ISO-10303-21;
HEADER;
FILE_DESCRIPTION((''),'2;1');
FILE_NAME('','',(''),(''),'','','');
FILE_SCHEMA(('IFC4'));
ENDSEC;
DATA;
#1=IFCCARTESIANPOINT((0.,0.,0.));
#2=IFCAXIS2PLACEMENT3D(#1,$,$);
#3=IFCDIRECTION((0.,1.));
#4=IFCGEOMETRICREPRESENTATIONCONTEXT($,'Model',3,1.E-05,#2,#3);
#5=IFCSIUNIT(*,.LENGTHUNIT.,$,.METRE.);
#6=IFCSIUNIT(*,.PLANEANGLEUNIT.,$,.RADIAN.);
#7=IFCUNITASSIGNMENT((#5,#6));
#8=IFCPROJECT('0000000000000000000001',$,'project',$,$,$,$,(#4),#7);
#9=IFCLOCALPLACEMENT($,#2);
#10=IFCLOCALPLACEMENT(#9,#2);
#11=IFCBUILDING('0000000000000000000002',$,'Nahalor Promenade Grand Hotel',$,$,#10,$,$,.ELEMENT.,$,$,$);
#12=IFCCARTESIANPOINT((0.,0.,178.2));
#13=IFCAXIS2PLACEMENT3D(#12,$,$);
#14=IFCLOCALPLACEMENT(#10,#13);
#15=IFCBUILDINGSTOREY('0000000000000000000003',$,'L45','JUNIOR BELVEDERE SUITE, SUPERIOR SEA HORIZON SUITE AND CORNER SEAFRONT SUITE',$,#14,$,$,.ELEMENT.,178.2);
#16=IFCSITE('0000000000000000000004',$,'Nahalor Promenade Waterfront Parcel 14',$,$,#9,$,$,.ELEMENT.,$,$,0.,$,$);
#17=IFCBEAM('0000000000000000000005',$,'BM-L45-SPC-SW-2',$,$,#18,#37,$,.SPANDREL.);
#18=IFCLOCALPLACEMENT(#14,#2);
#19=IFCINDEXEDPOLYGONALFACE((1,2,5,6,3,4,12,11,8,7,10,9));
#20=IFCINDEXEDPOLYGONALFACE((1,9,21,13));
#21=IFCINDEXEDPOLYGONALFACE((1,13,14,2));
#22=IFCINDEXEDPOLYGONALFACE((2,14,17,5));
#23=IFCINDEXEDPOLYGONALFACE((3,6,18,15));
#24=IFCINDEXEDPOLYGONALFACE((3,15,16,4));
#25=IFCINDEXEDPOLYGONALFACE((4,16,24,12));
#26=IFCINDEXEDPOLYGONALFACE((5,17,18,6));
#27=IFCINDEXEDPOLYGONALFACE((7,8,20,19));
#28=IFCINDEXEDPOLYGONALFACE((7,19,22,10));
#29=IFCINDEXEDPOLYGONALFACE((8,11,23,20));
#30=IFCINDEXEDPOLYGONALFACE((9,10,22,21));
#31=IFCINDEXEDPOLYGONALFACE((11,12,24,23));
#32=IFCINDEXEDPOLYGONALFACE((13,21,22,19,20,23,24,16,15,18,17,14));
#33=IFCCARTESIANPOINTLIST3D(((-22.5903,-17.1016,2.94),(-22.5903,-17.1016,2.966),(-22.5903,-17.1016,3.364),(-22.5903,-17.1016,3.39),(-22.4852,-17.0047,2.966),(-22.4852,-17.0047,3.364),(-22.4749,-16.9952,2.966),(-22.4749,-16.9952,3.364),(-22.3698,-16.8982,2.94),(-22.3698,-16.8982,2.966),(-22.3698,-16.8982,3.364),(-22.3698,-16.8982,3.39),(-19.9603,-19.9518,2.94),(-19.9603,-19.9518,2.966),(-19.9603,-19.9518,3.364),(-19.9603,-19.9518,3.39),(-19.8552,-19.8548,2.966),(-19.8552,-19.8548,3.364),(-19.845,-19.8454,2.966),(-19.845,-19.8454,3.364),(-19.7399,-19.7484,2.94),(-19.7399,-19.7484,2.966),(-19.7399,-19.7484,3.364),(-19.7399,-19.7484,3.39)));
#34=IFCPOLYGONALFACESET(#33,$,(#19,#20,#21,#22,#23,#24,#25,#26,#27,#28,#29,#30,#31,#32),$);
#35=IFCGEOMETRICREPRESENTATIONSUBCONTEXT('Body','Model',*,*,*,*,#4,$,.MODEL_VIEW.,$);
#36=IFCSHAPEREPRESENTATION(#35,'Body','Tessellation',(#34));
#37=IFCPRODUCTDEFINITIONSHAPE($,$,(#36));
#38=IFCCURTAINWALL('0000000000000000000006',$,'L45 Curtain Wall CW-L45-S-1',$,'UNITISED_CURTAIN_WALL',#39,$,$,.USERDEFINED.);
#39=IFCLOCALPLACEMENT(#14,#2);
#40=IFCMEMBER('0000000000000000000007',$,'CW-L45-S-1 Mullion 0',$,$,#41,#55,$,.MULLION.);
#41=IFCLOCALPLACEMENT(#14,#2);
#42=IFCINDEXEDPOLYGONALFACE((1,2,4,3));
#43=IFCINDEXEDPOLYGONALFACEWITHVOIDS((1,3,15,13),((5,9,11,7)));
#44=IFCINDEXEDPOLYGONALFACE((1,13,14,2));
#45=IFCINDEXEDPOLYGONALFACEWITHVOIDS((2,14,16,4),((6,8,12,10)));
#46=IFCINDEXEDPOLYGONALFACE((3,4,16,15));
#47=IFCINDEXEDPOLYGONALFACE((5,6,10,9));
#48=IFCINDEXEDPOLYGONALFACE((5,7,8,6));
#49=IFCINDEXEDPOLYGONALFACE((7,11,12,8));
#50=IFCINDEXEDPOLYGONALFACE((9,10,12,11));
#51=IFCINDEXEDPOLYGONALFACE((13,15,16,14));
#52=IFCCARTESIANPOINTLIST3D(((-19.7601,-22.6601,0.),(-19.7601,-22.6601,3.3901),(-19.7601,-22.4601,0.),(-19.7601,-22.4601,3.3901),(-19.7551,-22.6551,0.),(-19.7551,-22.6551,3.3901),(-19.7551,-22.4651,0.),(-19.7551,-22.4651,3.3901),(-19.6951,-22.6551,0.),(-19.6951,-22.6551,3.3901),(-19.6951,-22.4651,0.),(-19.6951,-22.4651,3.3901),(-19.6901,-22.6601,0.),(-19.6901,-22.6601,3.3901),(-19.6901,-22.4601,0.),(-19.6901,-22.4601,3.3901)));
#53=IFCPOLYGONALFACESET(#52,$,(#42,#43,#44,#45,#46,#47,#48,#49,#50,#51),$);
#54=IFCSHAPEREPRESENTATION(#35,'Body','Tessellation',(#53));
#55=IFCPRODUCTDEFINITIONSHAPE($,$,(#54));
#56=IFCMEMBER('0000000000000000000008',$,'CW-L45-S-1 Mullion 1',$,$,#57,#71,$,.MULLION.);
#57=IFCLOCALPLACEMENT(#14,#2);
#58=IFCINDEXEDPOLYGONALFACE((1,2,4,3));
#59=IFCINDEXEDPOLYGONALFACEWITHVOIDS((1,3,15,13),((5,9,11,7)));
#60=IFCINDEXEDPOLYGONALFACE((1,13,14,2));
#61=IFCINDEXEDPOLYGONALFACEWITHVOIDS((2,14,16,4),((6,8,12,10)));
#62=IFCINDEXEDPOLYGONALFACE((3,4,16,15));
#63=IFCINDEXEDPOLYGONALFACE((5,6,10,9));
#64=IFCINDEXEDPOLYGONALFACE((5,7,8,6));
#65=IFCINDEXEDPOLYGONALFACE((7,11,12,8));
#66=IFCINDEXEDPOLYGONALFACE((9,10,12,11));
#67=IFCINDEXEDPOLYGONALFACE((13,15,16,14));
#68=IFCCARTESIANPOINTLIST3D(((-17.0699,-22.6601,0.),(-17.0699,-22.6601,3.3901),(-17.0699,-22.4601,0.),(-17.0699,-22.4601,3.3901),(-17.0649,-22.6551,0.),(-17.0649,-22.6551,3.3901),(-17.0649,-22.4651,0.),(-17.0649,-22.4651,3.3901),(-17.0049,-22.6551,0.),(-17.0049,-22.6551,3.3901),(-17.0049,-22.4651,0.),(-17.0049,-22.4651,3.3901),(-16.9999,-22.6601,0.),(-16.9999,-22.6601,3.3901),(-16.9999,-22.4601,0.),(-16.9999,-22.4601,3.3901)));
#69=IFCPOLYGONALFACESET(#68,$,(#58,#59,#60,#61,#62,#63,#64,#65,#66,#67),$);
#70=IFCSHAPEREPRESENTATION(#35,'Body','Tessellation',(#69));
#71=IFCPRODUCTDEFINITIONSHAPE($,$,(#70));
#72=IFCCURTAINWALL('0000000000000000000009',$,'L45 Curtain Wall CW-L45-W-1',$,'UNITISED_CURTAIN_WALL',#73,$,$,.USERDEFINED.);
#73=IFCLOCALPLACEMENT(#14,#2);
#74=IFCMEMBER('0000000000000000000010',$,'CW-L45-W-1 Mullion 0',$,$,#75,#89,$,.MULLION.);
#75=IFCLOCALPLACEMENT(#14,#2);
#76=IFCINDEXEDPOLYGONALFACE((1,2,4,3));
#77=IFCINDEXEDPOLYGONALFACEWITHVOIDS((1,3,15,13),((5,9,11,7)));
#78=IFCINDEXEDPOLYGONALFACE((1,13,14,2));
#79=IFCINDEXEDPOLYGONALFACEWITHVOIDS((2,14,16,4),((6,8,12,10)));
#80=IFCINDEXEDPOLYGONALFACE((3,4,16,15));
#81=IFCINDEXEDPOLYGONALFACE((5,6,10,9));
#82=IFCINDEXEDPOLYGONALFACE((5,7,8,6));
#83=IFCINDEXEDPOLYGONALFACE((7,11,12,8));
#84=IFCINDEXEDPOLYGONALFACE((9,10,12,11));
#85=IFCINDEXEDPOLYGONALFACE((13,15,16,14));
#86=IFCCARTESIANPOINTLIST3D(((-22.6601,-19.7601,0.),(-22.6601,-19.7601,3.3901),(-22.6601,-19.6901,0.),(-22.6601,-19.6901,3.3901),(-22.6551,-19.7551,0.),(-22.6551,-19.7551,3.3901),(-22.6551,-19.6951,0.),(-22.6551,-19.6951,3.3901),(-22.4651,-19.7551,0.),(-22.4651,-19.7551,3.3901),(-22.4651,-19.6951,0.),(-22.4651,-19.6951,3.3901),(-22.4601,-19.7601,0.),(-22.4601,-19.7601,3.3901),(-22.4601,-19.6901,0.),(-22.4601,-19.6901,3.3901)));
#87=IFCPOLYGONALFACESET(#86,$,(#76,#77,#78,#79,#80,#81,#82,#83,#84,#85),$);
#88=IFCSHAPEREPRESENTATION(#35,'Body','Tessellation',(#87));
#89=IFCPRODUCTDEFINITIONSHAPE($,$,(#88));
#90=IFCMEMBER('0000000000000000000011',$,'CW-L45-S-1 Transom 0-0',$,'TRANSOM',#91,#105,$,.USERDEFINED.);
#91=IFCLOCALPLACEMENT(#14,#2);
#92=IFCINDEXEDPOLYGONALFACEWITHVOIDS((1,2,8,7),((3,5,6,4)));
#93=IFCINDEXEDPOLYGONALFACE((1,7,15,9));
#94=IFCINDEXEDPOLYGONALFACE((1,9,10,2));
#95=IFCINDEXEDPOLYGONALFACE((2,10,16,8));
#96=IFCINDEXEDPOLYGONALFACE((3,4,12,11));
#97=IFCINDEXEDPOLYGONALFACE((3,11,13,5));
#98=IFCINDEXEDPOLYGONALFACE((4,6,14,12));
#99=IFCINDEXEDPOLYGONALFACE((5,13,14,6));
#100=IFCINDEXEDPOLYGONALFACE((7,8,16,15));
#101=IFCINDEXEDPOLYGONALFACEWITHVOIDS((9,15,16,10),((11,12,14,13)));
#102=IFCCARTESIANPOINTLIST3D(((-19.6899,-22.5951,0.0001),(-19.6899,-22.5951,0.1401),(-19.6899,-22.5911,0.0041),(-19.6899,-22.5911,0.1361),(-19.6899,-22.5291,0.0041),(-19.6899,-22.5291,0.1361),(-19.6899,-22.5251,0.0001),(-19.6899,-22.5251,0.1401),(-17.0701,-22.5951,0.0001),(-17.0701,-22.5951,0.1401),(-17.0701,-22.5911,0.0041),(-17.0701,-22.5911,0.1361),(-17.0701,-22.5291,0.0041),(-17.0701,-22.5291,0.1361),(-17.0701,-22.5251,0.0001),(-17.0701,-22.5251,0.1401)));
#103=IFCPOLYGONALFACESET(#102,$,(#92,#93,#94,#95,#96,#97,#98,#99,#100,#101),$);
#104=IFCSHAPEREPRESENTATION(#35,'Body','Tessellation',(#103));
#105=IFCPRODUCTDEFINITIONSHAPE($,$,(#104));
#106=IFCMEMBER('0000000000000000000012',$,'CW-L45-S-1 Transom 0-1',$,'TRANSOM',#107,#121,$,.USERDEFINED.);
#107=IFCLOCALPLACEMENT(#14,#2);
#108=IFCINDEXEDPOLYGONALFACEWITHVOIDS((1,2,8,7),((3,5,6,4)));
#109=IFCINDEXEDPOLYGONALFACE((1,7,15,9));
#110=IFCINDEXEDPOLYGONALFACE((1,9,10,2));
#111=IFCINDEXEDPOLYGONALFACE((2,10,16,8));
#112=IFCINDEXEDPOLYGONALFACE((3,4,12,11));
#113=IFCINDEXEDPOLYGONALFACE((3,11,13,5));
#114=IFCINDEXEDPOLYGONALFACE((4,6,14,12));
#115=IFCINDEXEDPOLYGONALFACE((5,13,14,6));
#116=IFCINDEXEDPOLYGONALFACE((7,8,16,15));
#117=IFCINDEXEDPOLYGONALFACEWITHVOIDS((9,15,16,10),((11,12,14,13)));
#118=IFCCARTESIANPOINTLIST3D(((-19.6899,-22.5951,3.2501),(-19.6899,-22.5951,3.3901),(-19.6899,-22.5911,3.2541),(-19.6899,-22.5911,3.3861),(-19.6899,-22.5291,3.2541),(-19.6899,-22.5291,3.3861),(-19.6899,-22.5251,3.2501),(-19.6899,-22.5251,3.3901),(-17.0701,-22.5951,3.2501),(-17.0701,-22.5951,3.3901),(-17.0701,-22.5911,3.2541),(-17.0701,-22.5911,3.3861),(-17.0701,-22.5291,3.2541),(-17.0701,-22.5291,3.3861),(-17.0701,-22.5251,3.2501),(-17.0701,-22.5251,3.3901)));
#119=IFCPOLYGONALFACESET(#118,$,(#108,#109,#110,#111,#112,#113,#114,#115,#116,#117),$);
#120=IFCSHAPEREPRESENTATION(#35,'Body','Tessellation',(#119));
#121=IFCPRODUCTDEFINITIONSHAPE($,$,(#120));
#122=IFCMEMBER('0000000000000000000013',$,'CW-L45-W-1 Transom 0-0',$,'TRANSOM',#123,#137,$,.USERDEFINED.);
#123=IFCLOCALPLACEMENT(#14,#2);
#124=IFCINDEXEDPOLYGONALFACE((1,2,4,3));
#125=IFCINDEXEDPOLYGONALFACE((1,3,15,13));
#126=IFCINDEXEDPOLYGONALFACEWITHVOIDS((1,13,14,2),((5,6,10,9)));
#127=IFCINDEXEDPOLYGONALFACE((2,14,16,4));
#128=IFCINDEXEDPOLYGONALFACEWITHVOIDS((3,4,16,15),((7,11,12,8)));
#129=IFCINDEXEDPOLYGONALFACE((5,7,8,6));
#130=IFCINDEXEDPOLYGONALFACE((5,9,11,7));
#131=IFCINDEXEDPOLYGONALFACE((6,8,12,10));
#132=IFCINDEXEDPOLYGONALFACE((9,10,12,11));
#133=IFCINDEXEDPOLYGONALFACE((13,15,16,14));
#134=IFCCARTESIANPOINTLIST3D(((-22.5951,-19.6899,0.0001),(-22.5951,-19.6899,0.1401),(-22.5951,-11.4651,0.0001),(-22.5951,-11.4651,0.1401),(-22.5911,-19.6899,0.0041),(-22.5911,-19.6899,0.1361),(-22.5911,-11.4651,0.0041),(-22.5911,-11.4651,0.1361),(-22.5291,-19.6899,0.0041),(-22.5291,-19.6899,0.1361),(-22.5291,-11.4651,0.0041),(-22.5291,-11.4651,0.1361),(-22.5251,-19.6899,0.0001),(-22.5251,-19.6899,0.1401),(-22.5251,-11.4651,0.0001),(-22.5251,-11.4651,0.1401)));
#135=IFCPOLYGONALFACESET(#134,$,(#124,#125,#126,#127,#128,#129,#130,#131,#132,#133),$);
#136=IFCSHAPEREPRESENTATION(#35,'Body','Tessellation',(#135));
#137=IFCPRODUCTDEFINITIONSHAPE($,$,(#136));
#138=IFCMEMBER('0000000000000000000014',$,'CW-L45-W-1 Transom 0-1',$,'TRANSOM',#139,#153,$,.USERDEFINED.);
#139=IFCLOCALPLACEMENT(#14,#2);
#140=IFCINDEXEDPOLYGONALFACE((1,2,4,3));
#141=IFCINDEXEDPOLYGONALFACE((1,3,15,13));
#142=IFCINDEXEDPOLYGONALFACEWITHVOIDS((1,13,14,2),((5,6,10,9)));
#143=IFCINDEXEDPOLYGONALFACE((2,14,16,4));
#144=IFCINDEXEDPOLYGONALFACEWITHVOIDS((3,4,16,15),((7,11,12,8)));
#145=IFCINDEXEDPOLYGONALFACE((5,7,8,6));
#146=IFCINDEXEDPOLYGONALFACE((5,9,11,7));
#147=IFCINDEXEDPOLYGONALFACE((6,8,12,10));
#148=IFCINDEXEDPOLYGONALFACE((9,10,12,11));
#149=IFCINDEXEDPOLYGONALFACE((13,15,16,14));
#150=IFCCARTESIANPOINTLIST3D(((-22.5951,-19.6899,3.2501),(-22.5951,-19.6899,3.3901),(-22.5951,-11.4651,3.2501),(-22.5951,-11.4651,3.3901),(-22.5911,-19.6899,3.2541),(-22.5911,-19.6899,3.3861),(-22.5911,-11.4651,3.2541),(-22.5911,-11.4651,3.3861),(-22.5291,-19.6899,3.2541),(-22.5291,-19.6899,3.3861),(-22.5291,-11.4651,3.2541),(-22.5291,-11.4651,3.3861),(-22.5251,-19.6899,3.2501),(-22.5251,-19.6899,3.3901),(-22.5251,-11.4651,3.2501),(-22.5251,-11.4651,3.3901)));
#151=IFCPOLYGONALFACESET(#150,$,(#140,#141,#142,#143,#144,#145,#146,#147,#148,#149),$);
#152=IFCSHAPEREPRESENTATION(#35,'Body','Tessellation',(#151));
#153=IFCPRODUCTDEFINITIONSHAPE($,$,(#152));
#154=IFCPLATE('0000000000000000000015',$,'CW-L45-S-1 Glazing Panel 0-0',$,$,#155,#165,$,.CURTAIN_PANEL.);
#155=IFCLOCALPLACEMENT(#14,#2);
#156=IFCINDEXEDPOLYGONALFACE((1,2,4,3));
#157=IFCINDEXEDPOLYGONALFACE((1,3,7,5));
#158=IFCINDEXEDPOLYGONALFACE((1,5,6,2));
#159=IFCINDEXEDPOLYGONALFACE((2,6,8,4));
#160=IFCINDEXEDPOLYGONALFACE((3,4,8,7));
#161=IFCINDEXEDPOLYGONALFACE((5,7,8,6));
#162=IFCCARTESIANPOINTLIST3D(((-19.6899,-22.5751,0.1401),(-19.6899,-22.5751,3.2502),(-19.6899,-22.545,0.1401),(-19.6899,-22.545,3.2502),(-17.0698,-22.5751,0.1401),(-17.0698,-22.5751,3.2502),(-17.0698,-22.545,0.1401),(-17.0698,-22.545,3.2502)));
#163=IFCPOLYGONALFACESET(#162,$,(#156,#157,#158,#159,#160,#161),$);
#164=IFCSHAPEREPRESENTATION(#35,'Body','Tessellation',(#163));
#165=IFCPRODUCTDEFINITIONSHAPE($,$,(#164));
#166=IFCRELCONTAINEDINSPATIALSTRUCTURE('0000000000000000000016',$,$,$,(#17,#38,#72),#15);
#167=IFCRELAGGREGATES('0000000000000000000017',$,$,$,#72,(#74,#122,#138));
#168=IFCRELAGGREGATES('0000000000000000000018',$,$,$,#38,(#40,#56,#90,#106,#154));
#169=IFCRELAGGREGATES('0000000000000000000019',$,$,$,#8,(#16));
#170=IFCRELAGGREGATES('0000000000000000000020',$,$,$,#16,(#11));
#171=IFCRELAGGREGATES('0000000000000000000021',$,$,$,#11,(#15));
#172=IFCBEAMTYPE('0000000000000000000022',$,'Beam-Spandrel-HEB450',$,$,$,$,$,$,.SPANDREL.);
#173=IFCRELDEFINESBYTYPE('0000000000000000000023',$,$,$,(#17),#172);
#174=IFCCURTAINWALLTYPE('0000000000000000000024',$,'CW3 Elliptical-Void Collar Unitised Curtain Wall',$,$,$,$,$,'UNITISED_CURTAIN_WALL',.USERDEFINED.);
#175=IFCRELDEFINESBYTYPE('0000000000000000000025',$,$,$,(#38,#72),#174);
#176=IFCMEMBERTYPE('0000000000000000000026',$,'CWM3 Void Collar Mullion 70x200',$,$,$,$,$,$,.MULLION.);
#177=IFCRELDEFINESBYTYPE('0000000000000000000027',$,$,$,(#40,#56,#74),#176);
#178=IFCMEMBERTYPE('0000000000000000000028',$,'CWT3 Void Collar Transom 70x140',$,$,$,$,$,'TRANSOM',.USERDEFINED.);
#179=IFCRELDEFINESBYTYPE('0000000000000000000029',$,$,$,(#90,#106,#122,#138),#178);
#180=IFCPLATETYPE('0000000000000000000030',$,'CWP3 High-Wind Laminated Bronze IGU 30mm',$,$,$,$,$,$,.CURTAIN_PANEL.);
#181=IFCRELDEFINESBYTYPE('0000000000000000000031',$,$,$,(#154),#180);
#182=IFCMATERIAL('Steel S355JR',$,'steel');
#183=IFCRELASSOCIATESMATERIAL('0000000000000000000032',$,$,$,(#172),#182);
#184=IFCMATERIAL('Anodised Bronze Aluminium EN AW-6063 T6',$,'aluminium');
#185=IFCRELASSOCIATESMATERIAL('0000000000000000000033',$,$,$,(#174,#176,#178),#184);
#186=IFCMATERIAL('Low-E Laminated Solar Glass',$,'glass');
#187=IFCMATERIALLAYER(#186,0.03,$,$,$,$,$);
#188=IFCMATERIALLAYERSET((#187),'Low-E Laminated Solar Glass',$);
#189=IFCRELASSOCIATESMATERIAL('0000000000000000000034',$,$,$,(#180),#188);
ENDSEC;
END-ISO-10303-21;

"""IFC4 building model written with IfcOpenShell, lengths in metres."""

from ifc_helpers import new_model, si_unit, direction, frame, origin, origin_2d, place, context, subcontext, project, spatial, rectangle, hollow_rectangle, i_section, extrude, source, transform, mapped, material, layer, layer_set, material_profile, profile_set, type_object, element, aggregate, save


model = new_model("IFC4")

# Units and contexts
model_context = context("Model", 3, precision=1e-05, world=origin(), true_north=direction((0.0, 1.0)))
body_context = subcontext(model_context, "Body", "Model", "MODEL_VIEW")
ifc_project = project(units=[si_unit("LENGTHUNIT", "METRE"), si_unit("PLANEANGLEUNIT", "RADIAN")], contexts=[model_context])

# Site, building, storey
site_placement = place(None, origin())
site = spatial("IfcSite", under=ifc_project, at=site_placement, Name="Nahalor Promenade Waterfront Parcel 14", CompositionType="ELEMENT", RefElevation=0.0)
building_placement = place(site_placement, origin())
building = spatial("IfcBuilding", under=site, at=building_placement, Name="Nahalor Promenade Grand Hotel", CompositionType="ELEMENT")
storey_placement = place(building_placement, frame((0.0, 0.0, 178.2)))
storey = spatial("IfcBuildingStorey", under=building, at=storey_placement, Name="L45", Description="JUNIOR BELVEDERE SUITE, SUPERIOR SEA HORIZON SUITE AND CORNER SEAFRONT SUITE", CompositionType="ELEMENT", Elevation=178.2)

# Beam
ifc_material_1 = material(Name="Steel S355JR", Category="steel")
ifc_material_profile_1 = material_profile(ifc_material_1, i_section(OverallWidth=0.3, OverallDepth=0.45, WebThickness=0.014, FlangeThickness=0.026, at=origin_2d()), Name="HEB 450")
ifc_profile_set_1 = profile_set([ifc_material_profile_1], Name="Steel S355JR")
beam_type_1 = type_object("IfcBeamType", Name="Beam-Spandrel-HEB450", PredefinedType="SPANDREL", material=ifc_profile_set_1)
shared_shape_1 = source(origin(), body_context, "Body", "SweptSolid", [
    extrude(i_section(OverallWidth=0.3, OverallDepth=0.45, WebThickness=0.014, FlangeThickness=0.026, at=origin_2d()), origin(), (0.0, 0.0, 1.0), 3.8782),
])
for number, where, z_axis, x_axis, name in (
    (1, (-19.8501, -19.8501, 3.165), (-0.678144, 0.734929, 0.0), (-0.734929, -0.678144, 0.0), "BM-L45-SPC-SW-2"),
):
    element("IfcBeam", number, at=place(storey_placement, frame(where, z_axis=z_axis, x_axis=x_axis)), inside=storey, type_object=beam_type_1, Name=name, PredefinedType="SPANDREL", context=body_context, shape_type="MappedRepresentation", body=[
        mapped(shared_shape_1, transform((0.0, 0.0, 0.0), scale=1.0)),
    ])

# Curtain wall, members
ifc_material_2 = material(Name="Anodised Bronze Aluminium EN AW-6063 T6", Category="aluminium")
curtain_wall_type = type_object("IfcCurtainWallType", Name="CW3 Elliptical-Void Collar Unitised Curtain Wall", ElementType="UNITISED_CURTAIN_WALL", PredefinedType="USERDEFINED", material=ifc_material_2)
curtain_wall_1_placement = place(storey_placement, origin())
curtain_wall_1 = element("IfcCurtainWall", 2, at=curtain_wall_1_placement, inside=storey, type_object=curtain_wall_type, Name="L45 Curtain Wall CW-L45-S-1", ObjectType="UNITISED_CURTAIN_WALL", PredefinedType="USERDEFINED")
ifc_material_profile_2 = material_profile(ifc_material_2, hollow_rectangle(XDim=0.07, YDim=0.2, WallThickness=0.005, at=origin_2d()), Name="CWM 70x200x5")
ifc_profile_set_2 = profile_set([ifc_material_profile_2], Name="Anodised Bronze Aluminium EN AW-6063 T6")
member_type_1 = type_object("IfcMemberType", Name="CWM3 Void Collar Mullion 70x200", PredefinedType="MULLION", material=ifc_profile_set_2)
shared_shape_2 = source(origin(), body_context, "Body", "SweptSolid", [
    extrude(hollow_rectangle(XDim=0.07, YDim=0.2, WallThickness=0.005, at=origin_2d()), origin(), (0.0, 0.0, 1.0), 3.3901),
])
member_1_placement = place(storey_placement, frame((-19.7251, -22.5601, 0.0), z_axis=(0.0, 0.0, 1.0), x_axis=(1.0, 0.0, 0.0)))
member_1 = element("IfcMember", 3, at=member_1_placement, type_object=member_type_1, Name="CW-L45-S-1 Mullion 0", PredefinedType="MULLION", context=body_context, shape_type="MappedRepresentation", body=[
    mapped(shared_shape_2, transform((0.0, 0.0, 0.0), scale=1.0)),
])
member_2_placement = place(storey_placement, frame((-17.0349, -22.5601, 0.0), z_axis=(0.0, 0.0, 1.0), x_axis=(1.0, 0.0, 0.0)))
member_2 = element("IfcMember", 4, at=member_2_placement, type_object=member_type_1, Name="CW-L45-S-1 Mullion 1", PredefinedType="MULLION", context=body_context, shape_type="MappedRepresentation", body=[
    mapped(shared_shape_2, transform((0.0, 0.0, 0.0), scale=1.0)),
])

# Curtain wall, member
curtain_wall_2_placement = place(storey_placement, origin())
curtain_wall_2 = element("IfcCurtainWall", 5, at=curtain_wall_2_placement, inside=storey, type_object=curtain_wall_type, Name="L45 Curtain Wall CW-L45-W-1", ObjectType="UNITISED_CURTAIN_WALL", PredefinedType="USERDEFINED")
member_3_placement = place(storey_placement, frame((-22.5601, -19.7251, 0.0), z_axis=(0.0, 0.0, 1.0), x_axis=(0.0, 1.0, 0.0)))
member_3 = element("IfcMember", 6, at=member_3_placement, type_object=member_type_1, Name="CW-L45-W-1 Mullion 0", PredefinedType="MULLION", context=body_context, shape_type="MappedRepresentation", body=[
    mapped(shared_shape_2, transform((0.0, 0.0, 0.0), scale=1.0)),
])

# Members
ifc_material_profile_3 = material_profile(ifc_material_2, hollow_rectangle(XDim=0.07, YDim=0.14, WallThickness=0.004, at=origin_2d()), Name="CWT 70x140x4")
ifc_profile_set_3 = profile_set([ifc_material_profile_3], Name="Anodised Bronze Aluminium EN AW-6063 T6")
member_type_2 = type_object("IfcMemberType", Name="CWT3 Void Collar Transom 70x140", ElementType="TRANSOM", PredefinedType="USERDEFINED", material=ifc_profile_set_3)
shared_shape_3 = source(origin(), body_context, "Body", "SweptSolid", [
    extrude(hollow_rectangle(XDim=0.07, YDim=0.14, WallThickness=0.004, at=origin_2d()), origin(), (0.0, 0.0, 1.0), 2.6199),
])
member_4_placement = place(storey_placement, frame((-19.6899, -22.5601, 0.0701), z_axis=(1.0, 0.0, 0.0), x_axis=(0.0, 1.0, 0.0)))
member_4 = element("IfcMember", 7, at=member_4_placement, type_object=member_type_2, Name="CW-L45-S-1 Transom 0-0", ObjectType="TRANSOM", PredefinedType="USERDEFINED", context=body_context, shape_type="MappedRepresentation", body=[
    mapped(shared_shape_3, transform((0.0, 0.0, 0.0), scale=1.0)),
])
member_5_placement = place(storey_placement, frame((-19.6899, -22.5601, 3.3201), z_axis=(1.0, 0.0, 0.0), x_axis=(0.0, 1.0, 0.0)))
member_5 = element("IfcMember", 8, at=member_5_placement, type_object=member_type_2, Name="CW-L45-S-1 Transom 0-1", ObjectType="TRANSOM", PredefinedType="USERDEFINED", context=body_context, shape_type="MappedRepresentation", body=[
    mapped(shared_shape_3, transform((0.0, 0.0, 0.0), scale=1.0)),
])
shared_shape_4 = source(origin(), body_context, "Body", "SweptSolid", [
    extrude(hollow_rectangle(XDim=0.07, YDim=0.14, WallThickness=0.004, at=origin_2d()), origin(), (0.0, 0.0, 1.0), 8.2249),
])
member_6_placement = place(storey_placement, frame((-22.5601, -19.6899, 0.0701), z_axis=(0.0, 1.0, 0.0), x_axis=(-1.0, 0.0, 0.0)))
member_6 = element("IfcMember", 9, at=member_6_placement, type_object=member_type_2, Name="CW-L45-W-1 Transom 0-0", ObjectType="TRANSOM", PredefinedType="USERDEFINED", context=body_context, shape_type="MappedRepresentation", body=[
    mapped(shared_shape_4, transform((0.0, 0.0, 0.0), scale=1.0)),
])
member_7_placement = place(storey_placement, frame((-22.5601, -19.6899, 3.3201), z_axis=(0.0, 1.0, 0.0), x_axis=(-1.0, 0.0, 0.0)))
member_7 = element("IfcMember", 10, at=member_7_placement, type_object=member_type_2, Name="CW-L45-W-1 Transom 0-1", ObjectType="TRANSOM", PredefinedType="USERDEFINED", context=body_context, shape_type="MappedRepresentation", body=[
    mapped(shared_shape_4, transform((0.0, 0.0, 0.0), scale=1.0)),
])
aggregate(curtain_wall_2, [member_3, member_6, member_7])

# Plate
ifc_material_3 = material(Name="Low-E Laminated Solar Glass", Category="glass")
ifc_layer_1 = layer(ifc_material_3, 0.03)
ifc_layer_set_1 = layer_set([ifc_layer_1], Name="Low-E Laminated Solar Glass")
plate_type = type_object("IfcPlateType", Name="CWP3 High-Wind Laminated Bronze IGU 30mm", PredefinedType="CURTAIN_PANEL", material=ifc_layer_set_1)
shared_shape_5 = source(origin(), body_context, "Body", "SweptSolid", [
    extrude(rectangle(XDim=2.6201, YDim=0.03, at=origin_2d()), origin(), (0.0, 0.0, 1.0), 3.1101),
])
plate_placement = place(storey_placement, frame((-18.3799, -22.5601, 0.1401), z_axis=(0.0, 0.0, 1.0), x_axis=(1.0, 0.0, 0.0)))
plate = element("IfcPlate", 11, at=plate_placement, type_object=plate_type, Name="CW-L45-S-1 Glazing Panel 0-0", PredefinedType="CURTAIN_PANEL", context=body_context, shape_type="MappedRepresentation", body=[
    mapped(shared_shape_5, transform((0.0, 0.0, 0.0), scale=1.0)),
])
aggregate(curtain_wall_1, [member_1, member_2, member_4, member_5, plate])

save(model, "model.ifc")
